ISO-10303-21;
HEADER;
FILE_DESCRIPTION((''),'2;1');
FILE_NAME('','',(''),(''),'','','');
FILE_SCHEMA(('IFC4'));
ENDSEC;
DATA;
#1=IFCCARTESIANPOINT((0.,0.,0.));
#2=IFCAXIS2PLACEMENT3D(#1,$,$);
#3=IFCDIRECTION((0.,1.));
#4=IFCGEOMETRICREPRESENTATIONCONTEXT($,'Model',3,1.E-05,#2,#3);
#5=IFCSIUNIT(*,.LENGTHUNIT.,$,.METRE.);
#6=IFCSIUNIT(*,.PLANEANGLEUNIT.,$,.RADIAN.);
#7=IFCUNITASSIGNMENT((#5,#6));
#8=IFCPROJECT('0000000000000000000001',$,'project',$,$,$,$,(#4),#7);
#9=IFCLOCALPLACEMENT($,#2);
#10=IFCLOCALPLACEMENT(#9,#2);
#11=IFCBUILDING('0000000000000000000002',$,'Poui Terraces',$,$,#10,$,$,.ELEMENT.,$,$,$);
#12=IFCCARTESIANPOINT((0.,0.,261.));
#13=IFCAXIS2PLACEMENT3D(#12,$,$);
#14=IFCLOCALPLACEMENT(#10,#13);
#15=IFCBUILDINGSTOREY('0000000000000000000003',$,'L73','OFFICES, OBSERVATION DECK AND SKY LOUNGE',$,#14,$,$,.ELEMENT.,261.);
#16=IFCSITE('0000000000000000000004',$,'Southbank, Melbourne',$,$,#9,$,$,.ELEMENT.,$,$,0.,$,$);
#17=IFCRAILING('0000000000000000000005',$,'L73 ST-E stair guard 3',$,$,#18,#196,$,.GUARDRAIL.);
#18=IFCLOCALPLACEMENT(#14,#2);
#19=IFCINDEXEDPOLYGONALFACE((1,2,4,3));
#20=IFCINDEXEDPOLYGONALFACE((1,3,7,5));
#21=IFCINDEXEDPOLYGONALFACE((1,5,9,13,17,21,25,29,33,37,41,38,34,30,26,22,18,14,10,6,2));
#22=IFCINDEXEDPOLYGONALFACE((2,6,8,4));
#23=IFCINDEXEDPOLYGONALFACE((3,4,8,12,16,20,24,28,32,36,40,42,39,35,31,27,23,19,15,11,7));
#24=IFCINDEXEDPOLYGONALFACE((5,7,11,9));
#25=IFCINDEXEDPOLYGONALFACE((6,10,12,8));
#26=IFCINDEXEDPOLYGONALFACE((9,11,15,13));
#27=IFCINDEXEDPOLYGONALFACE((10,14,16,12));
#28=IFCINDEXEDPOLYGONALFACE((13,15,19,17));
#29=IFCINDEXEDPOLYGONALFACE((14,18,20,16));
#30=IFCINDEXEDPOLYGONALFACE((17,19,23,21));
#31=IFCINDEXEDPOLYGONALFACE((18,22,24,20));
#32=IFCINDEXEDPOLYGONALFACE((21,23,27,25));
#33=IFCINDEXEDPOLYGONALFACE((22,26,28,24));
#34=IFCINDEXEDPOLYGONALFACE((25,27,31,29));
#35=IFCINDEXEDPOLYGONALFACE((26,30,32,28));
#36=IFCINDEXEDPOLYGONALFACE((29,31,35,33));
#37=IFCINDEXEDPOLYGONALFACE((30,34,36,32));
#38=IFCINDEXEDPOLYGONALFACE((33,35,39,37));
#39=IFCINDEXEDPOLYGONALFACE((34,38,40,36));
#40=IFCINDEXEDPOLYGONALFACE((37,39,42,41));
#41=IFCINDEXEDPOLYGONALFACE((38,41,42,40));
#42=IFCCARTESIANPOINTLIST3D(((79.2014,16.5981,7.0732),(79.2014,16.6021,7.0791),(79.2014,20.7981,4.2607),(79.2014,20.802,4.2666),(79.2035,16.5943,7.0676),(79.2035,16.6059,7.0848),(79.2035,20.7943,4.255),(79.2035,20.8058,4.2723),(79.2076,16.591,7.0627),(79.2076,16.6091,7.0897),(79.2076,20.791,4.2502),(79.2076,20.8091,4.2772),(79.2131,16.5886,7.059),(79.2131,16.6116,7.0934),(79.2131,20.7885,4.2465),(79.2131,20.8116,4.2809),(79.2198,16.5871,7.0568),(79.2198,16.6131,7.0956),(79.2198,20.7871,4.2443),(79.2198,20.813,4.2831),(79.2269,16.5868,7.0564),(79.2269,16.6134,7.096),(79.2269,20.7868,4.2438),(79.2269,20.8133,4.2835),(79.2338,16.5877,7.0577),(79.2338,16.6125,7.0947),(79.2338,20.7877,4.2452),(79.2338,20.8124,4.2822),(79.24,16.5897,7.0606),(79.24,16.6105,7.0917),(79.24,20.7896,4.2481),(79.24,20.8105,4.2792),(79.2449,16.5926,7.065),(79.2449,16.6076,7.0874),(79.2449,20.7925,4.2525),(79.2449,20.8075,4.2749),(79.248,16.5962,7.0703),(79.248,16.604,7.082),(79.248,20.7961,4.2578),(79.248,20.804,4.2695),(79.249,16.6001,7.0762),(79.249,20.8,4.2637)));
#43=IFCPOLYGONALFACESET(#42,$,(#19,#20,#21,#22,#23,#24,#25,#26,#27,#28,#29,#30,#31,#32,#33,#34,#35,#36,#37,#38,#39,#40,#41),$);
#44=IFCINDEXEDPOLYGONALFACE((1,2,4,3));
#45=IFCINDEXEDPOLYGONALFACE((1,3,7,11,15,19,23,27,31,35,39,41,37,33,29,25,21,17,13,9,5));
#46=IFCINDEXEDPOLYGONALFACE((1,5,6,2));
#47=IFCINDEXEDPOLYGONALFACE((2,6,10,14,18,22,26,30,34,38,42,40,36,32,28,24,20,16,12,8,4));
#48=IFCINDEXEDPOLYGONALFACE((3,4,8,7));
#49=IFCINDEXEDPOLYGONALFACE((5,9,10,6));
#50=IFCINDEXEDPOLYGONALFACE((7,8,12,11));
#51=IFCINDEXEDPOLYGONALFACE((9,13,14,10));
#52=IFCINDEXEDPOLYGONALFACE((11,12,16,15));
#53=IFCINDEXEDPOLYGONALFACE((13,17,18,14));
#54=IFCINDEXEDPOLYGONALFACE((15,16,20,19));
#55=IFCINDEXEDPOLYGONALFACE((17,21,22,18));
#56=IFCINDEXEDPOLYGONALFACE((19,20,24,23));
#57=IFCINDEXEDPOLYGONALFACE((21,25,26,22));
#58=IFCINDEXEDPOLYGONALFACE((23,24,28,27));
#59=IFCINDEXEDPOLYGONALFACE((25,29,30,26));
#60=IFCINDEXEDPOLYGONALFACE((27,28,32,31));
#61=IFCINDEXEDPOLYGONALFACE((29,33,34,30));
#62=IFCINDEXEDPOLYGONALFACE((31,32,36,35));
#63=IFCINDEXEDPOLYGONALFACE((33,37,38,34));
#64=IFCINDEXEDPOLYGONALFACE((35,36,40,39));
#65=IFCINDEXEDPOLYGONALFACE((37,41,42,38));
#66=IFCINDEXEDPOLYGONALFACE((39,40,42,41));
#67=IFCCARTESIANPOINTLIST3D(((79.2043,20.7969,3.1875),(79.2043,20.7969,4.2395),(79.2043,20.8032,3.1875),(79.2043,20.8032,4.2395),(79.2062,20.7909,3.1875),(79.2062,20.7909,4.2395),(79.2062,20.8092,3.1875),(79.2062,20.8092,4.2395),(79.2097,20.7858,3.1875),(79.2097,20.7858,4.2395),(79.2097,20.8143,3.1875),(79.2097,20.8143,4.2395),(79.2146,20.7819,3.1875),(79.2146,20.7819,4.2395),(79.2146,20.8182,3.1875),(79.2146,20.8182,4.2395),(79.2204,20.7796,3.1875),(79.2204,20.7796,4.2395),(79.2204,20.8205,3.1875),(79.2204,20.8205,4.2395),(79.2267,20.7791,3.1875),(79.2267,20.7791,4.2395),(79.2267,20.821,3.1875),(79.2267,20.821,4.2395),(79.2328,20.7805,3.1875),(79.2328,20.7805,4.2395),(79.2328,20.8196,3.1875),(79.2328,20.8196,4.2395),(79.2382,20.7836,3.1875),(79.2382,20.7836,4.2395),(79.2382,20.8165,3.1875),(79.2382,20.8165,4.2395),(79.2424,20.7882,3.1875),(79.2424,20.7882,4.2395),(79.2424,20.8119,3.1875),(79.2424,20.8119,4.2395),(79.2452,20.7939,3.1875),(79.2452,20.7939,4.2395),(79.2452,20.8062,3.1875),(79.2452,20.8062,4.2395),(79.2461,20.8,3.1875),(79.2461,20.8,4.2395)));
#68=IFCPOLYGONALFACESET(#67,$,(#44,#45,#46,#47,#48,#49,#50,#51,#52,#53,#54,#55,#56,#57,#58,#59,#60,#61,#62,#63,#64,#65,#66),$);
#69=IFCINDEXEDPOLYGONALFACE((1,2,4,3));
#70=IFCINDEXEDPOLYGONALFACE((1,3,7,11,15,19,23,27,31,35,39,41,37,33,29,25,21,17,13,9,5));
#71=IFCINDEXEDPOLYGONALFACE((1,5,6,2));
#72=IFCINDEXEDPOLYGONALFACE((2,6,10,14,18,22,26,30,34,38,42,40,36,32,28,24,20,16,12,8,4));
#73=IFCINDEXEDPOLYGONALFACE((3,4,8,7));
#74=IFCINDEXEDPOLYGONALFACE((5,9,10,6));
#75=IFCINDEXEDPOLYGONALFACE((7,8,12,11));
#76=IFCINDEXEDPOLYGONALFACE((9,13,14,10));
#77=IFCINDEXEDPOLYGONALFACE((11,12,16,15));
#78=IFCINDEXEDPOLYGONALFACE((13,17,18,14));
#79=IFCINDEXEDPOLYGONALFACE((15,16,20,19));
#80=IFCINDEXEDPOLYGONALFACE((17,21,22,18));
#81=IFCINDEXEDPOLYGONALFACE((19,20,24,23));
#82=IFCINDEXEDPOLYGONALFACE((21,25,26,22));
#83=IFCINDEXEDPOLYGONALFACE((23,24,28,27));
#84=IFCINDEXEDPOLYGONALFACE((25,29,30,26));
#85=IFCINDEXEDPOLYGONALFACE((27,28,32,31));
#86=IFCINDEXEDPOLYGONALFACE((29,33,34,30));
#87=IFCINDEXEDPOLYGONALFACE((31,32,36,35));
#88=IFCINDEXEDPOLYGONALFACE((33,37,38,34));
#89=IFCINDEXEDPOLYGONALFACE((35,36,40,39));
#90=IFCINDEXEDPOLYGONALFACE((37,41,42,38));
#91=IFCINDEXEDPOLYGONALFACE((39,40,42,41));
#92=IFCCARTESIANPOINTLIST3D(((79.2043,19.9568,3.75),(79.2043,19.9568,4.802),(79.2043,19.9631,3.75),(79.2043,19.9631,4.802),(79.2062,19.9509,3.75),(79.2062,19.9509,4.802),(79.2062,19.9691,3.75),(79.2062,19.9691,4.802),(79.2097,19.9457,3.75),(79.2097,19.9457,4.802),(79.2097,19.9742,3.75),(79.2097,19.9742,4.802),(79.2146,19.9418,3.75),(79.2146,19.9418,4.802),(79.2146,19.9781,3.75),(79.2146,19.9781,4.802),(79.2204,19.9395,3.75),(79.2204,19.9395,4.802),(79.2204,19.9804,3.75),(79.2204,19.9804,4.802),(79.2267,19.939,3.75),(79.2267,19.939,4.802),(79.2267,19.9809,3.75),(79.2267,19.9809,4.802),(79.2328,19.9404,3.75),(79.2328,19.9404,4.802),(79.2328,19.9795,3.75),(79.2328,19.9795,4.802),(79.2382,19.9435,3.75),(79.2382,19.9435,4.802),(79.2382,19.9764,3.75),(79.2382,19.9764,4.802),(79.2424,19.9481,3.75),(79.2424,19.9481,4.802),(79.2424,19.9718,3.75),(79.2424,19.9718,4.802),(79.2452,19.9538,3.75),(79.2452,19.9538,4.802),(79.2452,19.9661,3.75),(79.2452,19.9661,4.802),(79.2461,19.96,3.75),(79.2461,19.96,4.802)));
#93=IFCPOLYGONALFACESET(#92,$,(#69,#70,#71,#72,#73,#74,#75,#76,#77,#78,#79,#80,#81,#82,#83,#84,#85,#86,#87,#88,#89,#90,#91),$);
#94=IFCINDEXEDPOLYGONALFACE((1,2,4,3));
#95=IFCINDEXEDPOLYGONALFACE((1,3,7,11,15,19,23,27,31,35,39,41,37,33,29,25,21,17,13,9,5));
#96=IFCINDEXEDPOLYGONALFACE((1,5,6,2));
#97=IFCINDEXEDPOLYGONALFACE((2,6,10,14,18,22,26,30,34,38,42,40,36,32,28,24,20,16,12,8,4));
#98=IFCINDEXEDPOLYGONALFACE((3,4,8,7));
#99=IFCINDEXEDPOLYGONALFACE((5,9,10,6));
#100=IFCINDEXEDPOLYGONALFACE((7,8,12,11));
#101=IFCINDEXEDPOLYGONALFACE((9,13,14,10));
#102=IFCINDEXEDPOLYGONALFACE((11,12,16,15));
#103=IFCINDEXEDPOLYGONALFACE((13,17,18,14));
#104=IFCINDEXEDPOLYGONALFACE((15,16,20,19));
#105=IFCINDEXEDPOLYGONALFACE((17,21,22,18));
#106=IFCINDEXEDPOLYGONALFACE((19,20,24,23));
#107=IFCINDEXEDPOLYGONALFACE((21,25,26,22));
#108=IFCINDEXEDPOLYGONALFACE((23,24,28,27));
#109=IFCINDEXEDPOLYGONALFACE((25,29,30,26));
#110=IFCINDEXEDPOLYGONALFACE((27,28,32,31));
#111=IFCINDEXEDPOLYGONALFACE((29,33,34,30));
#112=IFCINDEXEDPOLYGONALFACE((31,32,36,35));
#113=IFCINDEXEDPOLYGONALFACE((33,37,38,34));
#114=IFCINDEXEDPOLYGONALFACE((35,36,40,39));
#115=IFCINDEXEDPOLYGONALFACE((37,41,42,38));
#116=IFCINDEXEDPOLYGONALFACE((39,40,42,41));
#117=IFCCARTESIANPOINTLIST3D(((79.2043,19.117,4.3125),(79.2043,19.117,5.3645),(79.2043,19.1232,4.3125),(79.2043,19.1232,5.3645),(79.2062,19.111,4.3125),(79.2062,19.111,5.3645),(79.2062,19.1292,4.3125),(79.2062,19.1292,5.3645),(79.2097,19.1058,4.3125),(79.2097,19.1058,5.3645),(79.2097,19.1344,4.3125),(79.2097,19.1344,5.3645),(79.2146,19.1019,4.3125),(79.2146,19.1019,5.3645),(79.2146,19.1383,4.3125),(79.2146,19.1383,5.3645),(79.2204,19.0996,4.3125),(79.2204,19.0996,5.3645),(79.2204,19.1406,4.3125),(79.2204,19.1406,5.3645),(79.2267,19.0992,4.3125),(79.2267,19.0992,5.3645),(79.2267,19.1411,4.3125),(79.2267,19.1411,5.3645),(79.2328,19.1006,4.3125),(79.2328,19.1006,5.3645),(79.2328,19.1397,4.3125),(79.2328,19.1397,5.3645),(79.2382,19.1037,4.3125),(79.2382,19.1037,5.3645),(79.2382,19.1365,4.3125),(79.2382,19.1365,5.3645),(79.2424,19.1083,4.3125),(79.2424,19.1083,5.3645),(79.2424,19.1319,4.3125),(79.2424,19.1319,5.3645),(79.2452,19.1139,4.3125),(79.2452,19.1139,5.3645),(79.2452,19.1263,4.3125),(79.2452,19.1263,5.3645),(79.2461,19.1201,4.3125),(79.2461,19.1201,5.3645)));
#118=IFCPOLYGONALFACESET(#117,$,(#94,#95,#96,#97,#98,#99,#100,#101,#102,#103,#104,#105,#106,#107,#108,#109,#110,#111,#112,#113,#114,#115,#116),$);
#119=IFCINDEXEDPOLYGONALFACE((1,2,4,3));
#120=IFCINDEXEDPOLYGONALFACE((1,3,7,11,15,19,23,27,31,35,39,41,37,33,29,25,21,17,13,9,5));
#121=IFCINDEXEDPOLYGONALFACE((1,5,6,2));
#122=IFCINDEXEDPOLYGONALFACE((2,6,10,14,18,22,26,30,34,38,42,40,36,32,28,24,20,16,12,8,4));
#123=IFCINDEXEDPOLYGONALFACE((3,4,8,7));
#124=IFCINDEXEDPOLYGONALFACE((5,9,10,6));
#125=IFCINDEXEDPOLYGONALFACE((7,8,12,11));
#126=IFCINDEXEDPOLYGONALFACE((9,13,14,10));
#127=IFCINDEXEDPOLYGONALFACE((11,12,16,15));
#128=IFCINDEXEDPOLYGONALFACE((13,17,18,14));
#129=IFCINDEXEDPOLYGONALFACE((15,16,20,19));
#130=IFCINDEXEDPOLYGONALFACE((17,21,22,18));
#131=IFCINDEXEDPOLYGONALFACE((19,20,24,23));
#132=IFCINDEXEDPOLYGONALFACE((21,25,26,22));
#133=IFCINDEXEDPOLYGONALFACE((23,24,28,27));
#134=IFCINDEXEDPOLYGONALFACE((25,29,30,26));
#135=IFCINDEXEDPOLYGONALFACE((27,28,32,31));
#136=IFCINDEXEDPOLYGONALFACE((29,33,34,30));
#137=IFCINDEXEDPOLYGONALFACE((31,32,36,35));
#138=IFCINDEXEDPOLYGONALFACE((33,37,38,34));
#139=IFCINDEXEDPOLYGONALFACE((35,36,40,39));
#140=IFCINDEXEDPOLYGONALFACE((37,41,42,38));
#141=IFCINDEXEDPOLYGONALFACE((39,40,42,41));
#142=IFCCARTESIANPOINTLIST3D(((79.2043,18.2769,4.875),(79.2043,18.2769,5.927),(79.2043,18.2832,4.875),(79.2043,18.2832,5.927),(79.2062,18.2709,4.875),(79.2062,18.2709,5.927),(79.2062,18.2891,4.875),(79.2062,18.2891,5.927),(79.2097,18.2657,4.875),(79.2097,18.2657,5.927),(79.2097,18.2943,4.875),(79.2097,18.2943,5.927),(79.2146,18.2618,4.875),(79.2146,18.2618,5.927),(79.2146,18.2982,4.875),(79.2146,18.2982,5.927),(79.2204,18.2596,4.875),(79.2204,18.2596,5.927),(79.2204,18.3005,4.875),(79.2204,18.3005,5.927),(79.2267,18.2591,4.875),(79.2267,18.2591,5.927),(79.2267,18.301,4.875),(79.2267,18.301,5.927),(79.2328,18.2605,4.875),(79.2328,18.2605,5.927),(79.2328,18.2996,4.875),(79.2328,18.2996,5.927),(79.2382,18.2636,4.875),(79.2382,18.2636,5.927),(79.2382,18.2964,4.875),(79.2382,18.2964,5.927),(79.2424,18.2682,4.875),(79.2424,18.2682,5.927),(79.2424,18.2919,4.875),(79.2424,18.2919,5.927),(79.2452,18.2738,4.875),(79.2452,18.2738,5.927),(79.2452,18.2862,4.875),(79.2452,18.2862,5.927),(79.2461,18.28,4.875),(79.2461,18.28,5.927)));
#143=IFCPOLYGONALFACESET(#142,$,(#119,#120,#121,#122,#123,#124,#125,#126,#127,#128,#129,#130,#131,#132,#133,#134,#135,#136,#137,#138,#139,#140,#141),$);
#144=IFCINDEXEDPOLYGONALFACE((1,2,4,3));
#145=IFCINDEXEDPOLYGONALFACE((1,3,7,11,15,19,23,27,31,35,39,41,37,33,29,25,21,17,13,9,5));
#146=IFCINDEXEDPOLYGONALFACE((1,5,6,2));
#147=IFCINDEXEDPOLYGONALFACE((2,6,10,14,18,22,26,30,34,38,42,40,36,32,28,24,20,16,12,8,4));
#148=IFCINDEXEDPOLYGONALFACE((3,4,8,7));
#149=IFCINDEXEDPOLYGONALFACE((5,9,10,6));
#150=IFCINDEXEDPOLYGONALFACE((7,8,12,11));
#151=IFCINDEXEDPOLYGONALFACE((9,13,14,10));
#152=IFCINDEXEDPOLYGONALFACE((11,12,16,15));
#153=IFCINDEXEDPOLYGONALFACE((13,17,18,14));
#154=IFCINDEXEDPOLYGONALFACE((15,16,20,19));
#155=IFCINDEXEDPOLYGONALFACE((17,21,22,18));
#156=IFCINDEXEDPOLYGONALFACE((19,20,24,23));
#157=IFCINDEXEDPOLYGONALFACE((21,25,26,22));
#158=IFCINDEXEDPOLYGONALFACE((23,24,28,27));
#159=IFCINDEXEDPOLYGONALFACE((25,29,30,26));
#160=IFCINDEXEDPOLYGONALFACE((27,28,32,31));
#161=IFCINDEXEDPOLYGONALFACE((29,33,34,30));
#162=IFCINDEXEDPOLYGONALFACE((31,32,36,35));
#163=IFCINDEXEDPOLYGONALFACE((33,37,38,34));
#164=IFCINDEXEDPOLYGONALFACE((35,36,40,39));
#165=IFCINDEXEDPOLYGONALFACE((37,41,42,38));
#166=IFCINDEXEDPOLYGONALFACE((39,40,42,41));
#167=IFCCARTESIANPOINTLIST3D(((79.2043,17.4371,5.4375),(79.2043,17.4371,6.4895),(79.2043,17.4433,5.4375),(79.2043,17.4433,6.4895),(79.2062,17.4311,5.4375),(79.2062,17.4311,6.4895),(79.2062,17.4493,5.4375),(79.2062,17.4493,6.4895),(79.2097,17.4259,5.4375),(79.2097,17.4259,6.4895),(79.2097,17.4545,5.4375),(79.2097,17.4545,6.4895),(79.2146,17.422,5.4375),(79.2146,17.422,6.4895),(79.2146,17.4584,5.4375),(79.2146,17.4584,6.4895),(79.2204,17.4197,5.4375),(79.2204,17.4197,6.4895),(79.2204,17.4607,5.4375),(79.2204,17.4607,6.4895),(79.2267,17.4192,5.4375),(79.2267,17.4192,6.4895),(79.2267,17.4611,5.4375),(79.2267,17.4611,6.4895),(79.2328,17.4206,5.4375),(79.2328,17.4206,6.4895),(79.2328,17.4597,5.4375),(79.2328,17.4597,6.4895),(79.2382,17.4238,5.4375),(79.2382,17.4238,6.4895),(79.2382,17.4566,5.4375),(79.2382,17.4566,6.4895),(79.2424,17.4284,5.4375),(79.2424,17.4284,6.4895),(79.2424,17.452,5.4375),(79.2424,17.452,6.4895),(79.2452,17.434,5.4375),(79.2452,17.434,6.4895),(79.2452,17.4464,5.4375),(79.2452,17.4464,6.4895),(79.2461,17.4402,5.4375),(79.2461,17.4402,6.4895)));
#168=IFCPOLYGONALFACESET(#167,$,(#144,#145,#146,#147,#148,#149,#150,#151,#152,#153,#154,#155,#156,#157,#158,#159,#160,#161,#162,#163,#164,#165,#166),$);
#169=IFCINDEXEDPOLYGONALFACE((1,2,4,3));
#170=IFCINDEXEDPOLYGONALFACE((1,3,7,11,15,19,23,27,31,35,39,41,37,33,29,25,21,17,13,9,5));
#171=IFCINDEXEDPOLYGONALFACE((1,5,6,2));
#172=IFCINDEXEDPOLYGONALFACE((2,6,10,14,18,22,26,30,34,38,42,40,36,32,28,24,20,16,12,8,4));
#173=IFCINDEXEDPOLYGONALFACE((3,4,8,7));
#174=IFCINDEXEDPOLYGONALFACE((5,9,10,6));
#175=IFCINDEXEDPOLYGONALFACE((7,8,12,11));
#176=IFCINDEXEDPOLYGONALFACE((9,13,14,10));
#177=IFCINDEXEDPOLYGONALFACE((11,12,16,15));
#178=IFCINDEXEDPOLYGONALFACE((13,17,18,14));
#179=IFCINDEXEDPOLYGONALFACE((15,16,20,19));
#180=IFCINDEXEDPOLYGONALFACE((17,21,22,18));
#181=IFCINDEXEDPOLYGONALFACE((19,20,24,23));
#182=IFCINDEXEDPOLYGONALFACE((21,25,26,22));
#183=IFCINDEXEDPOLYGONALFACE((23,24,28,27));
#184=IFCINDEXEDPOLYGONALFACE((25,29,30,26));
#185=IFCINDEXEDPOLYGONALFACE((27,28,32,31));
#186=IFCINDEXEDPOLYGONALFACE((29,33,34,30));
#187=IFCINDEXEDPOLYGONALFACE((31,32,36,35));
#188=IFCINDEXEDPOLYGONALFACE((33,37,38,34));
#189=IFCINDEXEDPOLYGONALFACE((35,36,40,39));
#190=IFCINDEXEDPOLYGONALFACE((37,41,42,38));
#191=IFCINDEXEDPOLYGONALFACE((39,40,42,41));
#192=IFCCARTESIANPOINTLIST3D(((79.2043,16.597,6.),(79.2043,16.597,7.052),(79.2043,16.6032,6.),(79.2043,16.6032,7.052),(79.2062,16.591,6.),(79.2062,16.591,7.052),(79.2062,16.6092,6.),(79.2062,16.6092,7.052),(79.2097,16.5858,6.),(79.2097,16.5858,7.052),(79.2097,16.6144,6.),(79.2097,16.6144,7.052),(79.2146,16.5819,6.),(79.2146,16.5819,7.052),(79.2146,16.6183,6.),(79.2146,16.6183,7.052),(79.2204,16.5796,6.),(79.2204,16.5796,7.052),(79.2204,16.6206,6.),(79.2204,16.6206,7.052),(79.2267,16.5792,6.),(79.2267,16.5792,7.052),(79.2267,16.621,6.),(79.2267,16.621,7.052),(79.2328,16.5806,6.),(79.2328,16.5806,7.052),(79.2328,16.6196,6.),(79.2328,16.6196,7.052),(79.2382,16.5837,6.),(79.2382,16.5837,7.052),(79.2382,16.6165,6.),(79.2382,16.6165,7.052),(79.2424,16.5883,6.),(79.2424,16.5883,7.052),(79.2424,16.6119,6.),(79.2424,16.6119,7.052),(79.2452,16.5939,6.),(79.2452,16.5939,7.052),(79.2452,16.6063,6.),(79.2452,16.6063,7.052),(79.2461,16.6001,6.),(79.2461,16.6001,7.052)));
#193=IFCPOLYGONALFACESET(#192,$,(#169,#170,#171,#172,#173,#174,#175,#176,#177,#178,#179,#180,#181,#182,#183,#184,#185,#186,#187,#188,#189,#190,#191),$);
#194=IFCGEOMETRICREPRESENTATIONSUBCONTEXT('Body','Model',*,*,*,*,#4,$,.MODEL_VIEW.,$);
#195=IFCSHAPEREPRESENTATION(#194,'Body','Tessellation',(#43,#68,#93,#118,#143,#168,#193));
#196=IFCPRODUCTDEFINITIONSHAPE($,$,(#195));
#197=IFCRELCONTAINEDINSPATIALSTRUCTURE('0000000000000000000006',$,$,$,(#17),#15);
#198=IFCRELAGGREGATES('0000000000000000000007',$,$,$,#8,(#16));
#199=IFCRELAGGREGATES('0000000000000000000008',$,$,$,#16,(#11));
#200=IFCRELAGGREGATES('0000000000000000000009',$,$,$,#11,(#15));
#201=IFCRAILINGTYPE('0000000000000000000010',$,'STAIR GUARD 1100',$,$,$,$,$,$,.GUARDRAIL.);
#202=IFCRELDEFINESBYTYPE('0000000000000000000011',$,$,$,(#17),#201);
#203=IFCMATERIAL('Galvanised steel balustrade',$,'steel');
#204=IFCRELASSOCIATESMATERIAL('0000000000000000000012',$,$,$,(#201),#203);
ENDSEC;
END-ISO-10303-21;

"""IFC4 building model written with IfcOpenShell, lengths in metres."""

from ifc_helpers import new_model, si_unit, direction, frame, origin, origin_2d, place, context, subcontext, project, spatial, circle, extrude, material, type_object, element, save


model = new_model("IFC4")

# Units and contexts
model_context = context("Model", 3, precision=1e-05, world=origin(), true_north=direction((0.0, 1.0)))
body_context = subcontext(model_context, "Body", "Model", "MODEL_VIEW")
ifc_project = project(units=[si_unit("LENGTHUNIT", "METRE"), si_unit("PLANEANGLEUNIT", "RADIAN")], contexts=[model_context])

# Site, building, storey
site_placement = place(None, origin())
site = spatial("IfcSite", under=ifc_project, at=site_placement, Name="Southbank, Melbourne", CompositionType="ELEMENT", RefElevation=0.0)
building_placement = place(site_placement, origin())
building = spatial("IfcBuilding", under=site, at=building_placement, Name="Poui Terraces", CompositionType="ELEMENT")
storey_placement = place(building_placement, frame((0.0, 0.0, 261.0)))
storey = spatial("IfcBuildingStorey", under=building, at=storey_placement, Name="L73", Description="OFFICES, OBSERVATION DECK AND SKY LOUNGE", CompositionType="ELEMENT", Elevation=261.0)

# Railing
ifc_material_1 = material(Name="Galvanised steel balustrade", Category="steel")
railing_type_1 = type_object("IfcRailingType", Name="STAIR GUARD 1100", PredefinedType="GUARDRAIL", material=ifc_material_1)
railing_1_placement = place(storey_placement, frame((79.2251, 20.8, 3.1875)))
element("IfcRailing", 1, at=railing_1_placement, inside=storey, type_object=railing_type_1, Name="L73 ST-E stair guard 3", PredefinedType="GUARDRAIL", context=body_context, shape_type="SweptSolid", body=[
    extrude(circle(Radius=0.0239, at=origin_2d()), frame((0.0, 0.0, 1.0762), z_axis=(0.0, -0.830904, 0.556416), x_axis=(1.0, 0.0, 0.0)), (0.0, 0.0, 1.0), 5.0547),
    extrude(circle(Radius=0.021, at=origin_2d()), origin(), (0.0, 0.0, 1.0), 1.052),
    extrude(circle(Radius=0.021, at=origin_2d()), frame((0.0, -0.8401, 0.5625)), (0.0, 0.0, 1.0), 1.052),
    extrude(circle(Radius=0.021, at=origin_2d()), frame((0.0, -1.6799, 1.125)), (0.0, 0.0, 1.0), 1.052),
    extrude(circle(Radius=0.021, at=origin_2d()), frame((0.0, -2.52, 1.6875)), (0.0, 0.0, 1.0), 1.052),
    extrude(circle(Radius=0.021, at=origin_2d()), frame((0.0, -3.3599, 2.25)), (0.0, 0.0, 1.0), 1.052),
    extrude(circle(Radius=0.021, at=origin_2d()), frame((0.0, -4.2, 2.8125)), (0.0, 0.0, 1.0), 1.052),
])

save(model, "model.ifc")
